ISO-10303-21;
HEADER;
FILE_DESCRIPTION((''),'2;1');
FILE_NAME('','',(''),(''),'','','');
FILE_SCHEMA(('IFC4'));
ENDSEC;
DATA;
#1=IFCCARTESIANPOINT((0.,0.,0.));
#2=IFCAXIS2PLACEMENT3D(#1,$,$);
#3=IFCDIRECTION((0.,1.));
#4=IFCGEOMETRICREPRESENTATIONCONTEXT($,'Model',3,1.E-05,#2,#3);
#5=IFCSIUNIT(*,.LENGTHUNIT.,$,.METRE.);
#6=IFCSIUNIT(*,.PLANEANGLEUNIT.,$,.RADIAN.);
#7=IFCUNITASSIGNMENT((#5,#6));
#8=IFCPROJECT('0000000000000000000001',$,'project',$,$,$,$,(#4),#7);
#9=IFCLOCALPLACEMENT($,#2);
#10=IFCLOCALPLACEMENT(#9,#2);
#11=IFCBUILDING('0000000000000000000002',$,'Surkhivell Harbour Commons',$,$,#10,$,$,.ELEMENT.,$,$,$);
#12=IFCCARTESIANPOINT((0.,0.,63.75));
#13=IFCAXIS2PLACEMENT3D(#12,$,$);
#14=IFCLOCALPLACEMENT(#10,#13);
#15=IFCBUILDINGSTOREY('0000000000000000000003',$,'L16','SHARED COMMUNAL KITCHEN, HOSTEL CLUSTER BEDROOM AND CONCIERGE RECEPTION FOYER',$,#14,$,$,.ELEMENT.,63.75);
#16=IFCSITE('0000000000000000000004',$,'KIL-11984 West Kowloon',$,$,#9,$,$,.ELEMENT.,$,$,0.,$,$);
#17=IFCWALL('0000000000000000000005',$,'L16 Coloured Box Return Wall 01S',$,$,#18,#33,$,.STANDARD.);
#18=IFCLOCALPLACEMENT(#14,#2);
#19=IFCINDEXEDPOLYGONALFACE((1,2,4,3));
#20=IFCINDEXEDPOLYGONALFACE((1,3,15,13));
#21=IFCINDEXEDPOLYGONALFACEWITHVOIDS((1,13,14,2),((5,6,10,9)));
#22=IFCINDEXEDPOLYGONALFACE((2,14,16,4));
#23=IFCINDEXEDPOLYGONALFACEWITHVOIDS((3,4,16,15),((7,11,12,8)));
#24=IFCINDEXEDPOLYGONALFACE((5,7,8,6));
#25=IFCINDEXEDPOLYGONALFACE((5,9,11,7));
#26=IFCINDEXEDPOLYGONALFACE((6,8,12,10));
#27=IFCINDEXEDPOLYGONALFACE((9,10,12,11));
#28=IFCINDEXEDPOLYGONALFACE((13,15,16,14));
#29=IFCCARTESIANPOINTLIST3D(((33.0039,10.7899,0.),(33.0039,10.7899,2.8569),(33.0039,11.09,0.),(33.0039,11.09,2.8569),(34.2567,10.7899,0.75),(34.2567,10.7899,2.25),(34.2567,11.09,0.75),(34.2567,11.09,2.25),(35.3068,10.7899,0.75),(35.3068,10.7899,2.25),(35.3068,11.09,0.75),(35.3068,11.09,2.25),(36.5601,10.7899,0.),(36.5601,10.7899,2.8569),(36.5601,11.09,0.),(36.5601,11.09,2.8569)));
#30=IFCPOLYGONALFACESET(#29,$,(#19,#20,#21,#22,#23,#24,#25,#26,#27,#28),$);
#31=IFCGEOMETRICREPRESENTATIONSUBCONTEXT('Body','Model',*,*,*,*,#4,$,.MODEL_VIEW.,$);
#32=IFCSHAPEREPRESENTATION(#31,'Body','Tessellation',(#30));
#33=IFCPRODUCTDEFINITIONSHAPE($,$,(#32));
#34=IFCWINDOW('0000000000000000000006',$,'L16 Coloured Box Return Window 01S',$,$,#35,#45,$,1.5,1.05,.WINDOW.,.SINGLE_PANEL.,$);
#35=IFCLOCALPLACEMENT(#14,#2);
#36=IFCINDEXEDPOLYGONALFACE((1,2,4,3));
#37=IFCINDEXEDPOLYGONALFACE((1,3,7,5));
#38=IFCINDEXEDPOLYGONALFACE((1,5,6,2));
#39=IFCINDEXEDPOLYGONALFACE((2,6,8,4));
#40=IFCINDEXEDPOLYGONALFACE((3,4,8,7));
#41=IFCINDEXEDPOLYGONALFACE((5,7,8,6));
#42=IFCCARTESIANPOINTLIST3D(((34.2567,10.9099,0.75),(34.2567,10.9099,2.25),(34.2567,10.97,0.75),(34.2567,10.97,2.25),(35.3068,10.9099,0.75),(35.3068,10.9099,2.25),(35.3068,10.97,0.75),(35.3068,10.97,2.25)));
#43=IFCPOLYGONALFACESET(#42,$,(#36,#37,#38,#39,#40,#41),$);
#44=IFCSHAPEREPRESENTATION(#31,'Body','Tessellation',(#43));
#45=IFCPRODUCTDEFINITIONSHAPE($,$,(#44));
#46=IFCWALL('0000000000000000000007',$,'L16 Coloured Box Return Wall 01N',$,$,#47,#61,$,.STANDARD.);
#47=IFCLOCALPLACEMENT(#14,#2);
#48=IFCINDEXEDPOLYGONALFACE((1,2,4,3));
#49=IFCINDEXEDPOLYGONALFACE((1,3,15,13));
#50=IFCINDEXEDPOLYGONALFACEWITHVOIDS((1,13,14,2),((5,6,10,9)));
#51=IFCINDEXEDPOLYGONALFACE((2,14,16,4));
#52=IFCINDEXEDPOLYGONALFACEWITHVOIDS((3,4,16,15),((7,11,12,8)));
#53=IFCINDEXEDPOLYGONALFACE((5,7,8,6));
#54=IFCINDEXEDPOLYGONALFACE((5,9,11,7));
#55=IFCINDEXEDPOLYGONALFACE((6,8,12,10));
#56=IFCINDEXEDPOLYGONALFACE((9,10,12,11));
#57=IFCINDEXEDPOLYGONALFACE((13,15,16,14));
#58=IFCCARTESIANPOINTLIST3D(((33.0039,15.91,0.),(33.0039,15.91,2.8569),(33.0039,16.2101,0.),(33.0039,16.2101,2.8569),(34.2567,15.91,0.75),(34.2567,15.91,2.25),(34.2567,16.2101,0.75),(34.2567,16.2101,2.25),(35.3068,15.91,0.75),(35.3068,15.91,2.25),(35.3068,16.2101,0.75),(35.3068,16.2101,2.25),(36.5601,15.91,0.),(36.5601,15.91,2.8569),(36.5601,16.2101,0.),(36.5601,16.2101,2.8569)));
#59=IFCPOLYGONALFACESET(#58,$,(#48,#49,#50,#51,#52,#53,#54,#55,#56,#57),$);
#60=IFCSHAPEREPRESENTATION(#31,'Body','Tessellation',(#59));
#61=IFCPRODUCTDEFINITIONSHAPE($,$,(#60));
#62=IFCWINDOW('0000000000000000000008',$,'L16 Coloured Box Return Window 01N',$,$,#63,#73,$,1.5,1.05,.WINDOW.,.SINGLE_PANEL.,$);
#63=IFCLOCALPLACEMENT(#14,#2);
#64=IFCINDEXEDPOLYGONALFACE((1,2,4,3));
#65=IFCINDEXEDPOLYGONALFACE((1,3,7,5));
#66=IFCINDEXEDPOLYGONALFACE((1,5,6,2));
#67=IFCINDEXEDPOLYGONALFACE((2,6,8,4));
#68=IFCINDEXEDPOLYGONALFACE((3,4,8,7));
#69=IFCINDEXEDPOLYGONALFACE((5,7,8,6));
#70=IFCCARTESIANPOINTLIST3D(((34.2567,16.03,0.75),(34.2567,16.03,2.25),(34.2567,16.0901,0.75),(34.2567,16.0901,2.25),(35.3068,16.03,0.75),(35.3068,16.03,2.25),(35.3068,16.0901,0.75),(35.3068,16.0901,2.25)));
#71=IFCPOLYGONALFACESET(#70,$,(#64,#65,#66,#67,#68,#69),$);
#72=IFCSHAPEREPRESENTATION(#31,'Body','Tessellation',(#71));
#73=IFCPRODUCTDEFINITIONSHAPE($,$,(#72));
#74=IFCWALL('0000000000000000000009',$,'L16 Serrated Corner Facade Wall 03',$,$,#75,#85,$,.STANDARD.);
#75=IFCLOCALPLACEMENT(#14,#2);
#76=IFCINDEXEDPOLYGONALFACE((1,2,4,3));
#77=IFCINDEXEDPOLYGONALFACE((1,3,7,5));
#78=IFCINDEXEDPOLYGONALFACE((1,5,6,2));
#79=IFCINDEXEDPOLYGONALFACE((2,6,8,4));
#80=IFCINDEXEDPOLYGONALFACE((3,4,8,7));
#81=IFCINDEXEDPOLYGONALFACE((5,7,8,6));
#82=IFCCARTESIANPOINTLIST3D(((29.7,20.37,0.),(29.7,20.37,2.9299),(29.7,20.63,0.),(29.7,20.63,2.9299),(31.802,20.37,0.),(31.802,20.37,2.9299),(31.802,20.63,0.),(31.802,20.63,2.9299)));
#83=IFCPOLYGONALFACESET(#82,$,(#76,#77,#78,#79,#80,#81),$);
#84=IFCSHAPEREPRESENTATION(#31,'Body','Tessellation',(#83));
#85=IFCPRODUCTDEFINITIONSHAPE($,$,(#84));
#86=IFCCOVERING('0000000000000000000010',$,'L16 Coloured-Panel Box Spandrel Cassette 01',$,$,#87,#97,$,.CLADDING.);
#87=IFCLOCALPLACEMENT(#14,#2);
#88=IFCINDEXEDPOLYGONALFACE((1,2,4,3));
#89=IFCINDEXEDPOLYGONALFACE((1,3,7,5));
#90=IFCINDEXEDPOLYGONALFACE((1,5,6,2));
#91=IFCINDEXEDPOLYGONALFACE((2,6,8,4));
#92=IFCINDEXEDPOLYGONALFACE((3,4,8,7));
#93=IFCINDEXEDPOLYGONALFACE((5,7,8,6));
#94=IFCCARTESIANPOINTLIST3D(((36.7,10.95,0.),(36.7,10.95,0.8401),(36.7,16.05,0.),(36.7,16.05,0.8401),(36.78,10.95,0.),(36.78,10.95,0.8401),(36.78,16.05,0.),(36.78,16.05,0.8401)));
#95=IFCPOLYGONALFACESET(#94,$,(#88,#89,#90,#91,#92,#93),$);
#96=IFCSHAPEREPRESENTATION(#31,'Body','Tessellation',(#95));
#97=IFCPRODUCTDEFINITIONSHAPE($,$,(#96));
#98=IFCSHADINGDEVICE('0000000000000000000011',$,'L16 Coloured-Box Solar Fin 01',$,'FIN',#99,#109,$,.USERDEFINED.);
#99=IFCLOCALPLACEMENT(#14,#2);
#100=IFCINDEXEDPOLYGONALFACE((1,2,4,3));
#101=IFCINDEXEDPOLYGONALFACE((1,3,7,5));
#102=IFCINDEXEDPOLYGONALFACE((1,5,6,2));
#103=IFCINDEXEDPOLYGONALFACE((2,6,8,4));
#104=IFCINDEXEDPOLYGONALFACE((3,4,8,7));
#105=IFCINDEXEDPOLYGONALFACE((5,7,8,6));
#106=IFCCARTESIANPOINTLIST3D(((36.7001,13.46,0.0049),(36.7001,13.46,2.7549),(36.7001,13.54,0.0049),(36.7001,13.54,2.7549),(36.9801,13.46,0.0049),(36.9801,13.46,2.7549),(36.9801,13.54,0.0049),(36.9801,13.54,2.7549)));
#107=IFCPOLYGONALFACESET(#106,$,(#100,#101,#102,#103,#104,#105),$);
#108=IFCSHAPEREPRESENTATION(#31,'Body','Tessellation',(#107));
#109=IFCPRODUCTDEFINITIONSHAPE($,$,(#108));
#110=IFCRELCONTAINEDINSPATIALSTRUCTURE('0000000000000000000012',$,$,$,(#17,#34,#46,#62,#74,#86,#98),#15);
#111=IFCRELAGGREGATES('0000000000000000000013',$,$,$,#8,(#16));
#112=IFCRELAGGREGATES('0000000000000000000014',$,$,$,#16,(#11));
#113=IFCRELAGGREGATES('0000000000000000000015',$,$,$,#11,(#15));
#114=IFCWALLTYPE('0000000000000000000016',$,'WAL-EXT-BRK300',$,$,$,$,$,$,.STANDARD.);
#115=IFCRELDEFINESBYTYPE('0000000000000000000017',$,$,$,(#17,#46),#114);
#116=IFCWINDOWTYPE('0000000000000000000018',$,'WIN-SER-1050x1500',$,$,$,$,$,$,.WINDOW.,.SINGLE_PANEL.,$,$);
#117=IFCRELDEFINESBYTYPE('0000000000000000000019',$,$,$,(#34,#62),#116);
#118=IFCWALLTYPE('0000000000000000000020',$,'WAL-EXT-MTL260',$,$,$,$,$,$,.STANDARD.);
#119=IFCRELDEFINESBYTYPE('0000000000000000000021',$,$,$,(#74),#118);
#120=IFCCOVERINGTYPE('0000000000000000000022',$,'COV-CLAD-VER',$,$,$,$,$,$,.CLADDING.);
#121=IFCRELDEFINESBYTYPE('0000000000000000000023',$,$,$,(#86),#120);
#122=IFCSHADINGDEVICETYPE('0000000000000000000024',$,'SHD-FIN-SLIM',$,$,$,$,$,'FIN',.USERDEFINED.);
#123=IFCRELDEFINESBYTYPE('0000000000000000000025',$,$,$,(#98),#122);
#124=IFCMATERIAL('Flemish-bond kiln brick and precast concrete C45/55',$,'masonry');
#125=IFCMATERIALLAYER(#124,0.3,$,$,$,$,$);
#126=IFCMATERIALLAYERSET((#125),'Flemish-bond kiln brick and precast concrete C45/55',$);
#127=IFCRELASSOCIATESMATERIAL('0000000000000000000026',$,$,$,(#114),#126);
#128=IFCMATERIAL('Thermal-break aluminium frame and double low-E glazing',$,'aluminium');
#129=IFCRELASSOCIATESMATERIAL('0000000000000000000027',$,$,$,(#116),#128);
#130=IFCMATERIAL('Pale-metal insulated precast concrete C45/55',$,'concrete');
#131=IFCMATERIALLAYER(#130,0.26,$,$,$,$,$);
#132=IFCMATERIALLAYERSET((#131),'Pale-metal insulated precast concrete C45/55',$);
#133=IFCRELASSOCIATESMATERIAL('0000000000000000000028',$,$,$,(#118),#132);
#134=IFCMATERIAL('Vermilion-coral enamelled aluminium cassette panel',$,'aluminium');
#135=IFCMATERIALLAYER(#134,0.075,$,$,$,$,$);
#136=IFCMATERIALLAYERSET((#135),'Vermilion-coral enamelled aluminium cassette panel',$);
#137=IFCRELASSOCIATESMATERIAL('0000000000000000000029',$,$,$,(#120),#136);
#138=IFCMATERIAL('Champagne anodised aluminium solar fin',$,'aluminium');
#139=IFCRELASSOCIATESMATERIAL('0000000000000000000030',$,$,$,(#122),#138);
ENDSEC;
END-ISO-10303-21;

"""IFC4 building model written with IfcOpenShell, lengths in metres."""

from ifc_helpers import new_model, si_unit, direction, frame, frame_2d, origin, origin_2d, place, context, subcontext, project, spatial, rectangle, extrude, material, layer, layer_set, type_object, element, fill, save


model = new_model("IFC4")

# Units and contexts
model_context = context("Model", 3, precision=1e-05, world=origin(), true_north=direction((0.0, 1.0)))
body_context = subcontext(model_context, "Body", "Model", "MODEL_VIEW")
ifc_project = project(units=[si_unit("LENGTHUNIT", "METRE"), si_unit("PLANEANGLEUNIT", "RADIAN")], contexts=[model_context])

# Site, building, storey
site_placement = place(None, origin())
site = spatial("IfcSite", under=ifc_project, at=site_placement, Name="KIL-11984 West Kowloon", CompositionType="ELEMENT", RefElevation=0.0)
building_placement = place(site_placement, origin())
building = spatial("IfcBuilding", under=site, at=building_placement, Name="Surkhivell Harbour Commons", CompositionType="ELEMENT")
storey_placement = place(building_placement, frame((0.0, 0.0, 63.75)))
storey = spatial("IfcBuildingStorey", under=building, at=storey_placement, Name="L16", Description="SHARED COMMUNAL KITCHEN, HOSTEL CLUSTER BEDROOM AND CONCIERGE RECEPTION FOYER", CompositionType="ELEMENT", Elevation=63.75)

# Walls, openings, windows
ifc_material_1 = material(Name="Flemish-bond kiln brick and precast concrete C45/55", Category="masonry")
ifc_layer_1 = layer(ifc_material_1, 0.3)
ifc_layer_set_1 = layer_set([ifc_layer_1], Name="Flemish-bond kiln brick and precast concrete C45/55")
wall_type_1 = type_object("IfcWallType", Name="WAL-EXT-BRK300", PredefinedType="STANDARD", material=ifc_layer_set_1)
ifc_material_2 = material(Name="Thermal-break aluminium frame and double low-E glazing", Category="aluminium")
wall_1_placement = place(storey_placement, frame((33.0039, 10.9399, 0.0), z_axis=(0.0, 0.0, 1.0), x_axis=(1.0, 0.0, 0.0)))
wall_1 = element("IfcWall", 1, at=wall_1_placement, inside=storey, type_object=wall_type_1, Name="L16 Coloured Box Return Wall 01S", PredefinedType="STANDARD", context=body_context, shape_type="SweptSolid", body=[
    extrude(rectangle(XDim=3.5562, YDim=0.3, at=frame_2d((1.7781, 0.0))), origin(), (0.0, 0.0, 1.0), 2.8569),
])
opening_1_placement = place(wall_1_placement, frame((1.2529, 0.0, 0.75)))
opening_1 = element("IfcOpeningElement", 2, at=opening_1_placement, cuts=wall_1, PredefinedType="OPENING", context=body_context, shape_type="SweptSolid", body=[
    extrude(rectangle(XDim=1.05, YDim=1.5, at=frame_2d((0.5249, 0.75))), frame((0.0, 0.1599, 0.0), z_axis=(0.0, -1.0, 0.0), x_axis=(1.0, 0.0, 0.0)), (0.0, 0.0, 1.0), 0.3201),
])
window_type_1 = type_object("IfcWindowType", Name="WIN-SER-1050x1500", PartitioningType="SINGLE_PANEL", PredefinedType="WINDOW", material=ifc_material_2)
window_1_placement = place(opening_1_placement, origin())
window_1 = element("IfcWindow", 3, at=window_1_placement, inside=storey, type_object=window_type_1, Name="L16 Coloured Box Return Window 01S", OverallHeight=1.5, OverallWidth=1.05, PartitioningType="SINGLE_PANEL", PredefinedType="WINDOW", context=body_context, shape_type="SweptSolid", body=[
    extrude(rectangle(XDim=1.05, YDim=1.5, at=frame_2d((0.5249, 0.75))), frame((0.0, 0.03, 0.0), z_axis=(0.0, -1.0, 0.0), x_axis=(1.0, 0.0, 0.0)), (0.0, 0.0, 1.0), 0.0601),
])
fill(opening_1, window_1)
wall_2_placement = place(storey_placement, frame((33.0039, 16.0601, 0.0), z_axis=(0.0, 0.0, 1.0), x_axis=(1.0, 0.0, 0.0)))
wall_2 = element("IfcWall", 4, at=wall_2_placement, inside=storey, type_object=wall_type_1, Name="L16 Coloured Box Return Wall 01N", PredefinedType="STANDARD", context=body_context, shape_type="SweptSolid", body=[
    extrude(rectangle(XDim=3.5562, YDim=0.3, at=frame_2d((1.7781, 0.0))), origin(), (0.0, 0.0, 1.0), 2.8569),
])
opening_2_placement = place(wall_2_placement, frame((1.2529, 0.0, 0.75)))
opening_2 = element("IfcOpeningElement", 5, at=opening_2_placement, cuts=wall_2, PredefinedType="OPENING", context=body_context, shape_type="SweptSolid", body=[
    extrude(rectangle(XDim=1.05, YDim=1.5, at=frame_2d((0.5249, 0.75))), frame((0.0, 0.1599, 0.0), z_axis=(0.0, -1.0, 0.0), x_axis=(1.0, 0.0, 0.0)), (0.0, 0.0, 1.0), 0.3201),
])
window_2_placement = place(opening_2_placement, origin())
window_2 = element("IfcWindow", 6, at=window_2_placement, inside=storey, type_object=window_type_1, Name="L16 Coloured Box Return Window 01N", OverallHeight=1.5, OverallWidth=1.05, PartitioningType="SINGLE_PANEL", PredefinedType="WINDOW", context=body_context, shape_type="SweptSolid", body=[
    extrude(rectangle(XDim=1.05, YDim=1.5, at=frame_2d((0.5249, 0.75))), frame((0.0, 0.03, 0.0), z_axis=(0.0, -1.0, 0.0), x_axis=(1.0, 0.0, 0.0)), (0.0, 0.0, 1.0), 0.0601),
])
fill(opening_2, window_2)

# Wall
ifc_material_3 = material(Name="Pale-metal insulated precast concrete C45/55", Category="concrete")
ifc_layer_2 = layer(ifc_material_3, 0.26)
ifc_layer_set_2 = layer_set([ifc_layer_2], Name="Pale-metal insulated precast concrete C45/55")
wall_type_2 = type_object("IfcWallType", Name="WAL-EXT-MTL260", PredefinedType="STANDARD", material=ifc_layer_set_2)
wall_3_placement = place(storey_placement, frame((31.802, 20.5, 0.0), z_axis=(0.0, 0.0, 1.0), x_axis=(-1.0, 0.0, 0.0)))
element("IfcWall", 7, at=wall_3_placement, inside=storey, type_object=wall_type_2, Name="L16 Serrated Corner Facade Wall 03", PredefinedType="STANDARD", context=body_context, shape_type="SweptSolid", body=[
    extrude(rectangle(XDim=2.1021, YDim=0.26, at=frame_2d((1.051, 0.0))), origin(), (0.0, 0.0, 1.0), 2.9299),
])

# Covering
ifc_material_4 = material(Name="Vermilion-coral enamelled aluminium cassette panel", Category="aluminium")
ifc_layer_3 = layer(ifc_material_4, 0.075)
ifc_layer_set_3 = layer_set([ifc_layer_3], Name="Vermilion-coral enamelled aluminium cassette panel")
covering_type = type_object("IfcCoveringType", Name="COV-CLAD-VER", PredefinedType="CLADDING", material=ifc_layer_set_3)
covering_placement = place(storey_placement, frame((36.74, 13.5, 0.0), z_axis=(0.0, 0.0, 1.0), x_axis=(1.0, 0.0, 0.0)))
element("IfcCovering", 8, at=covering_placement, inside=storey, type_object=covering_type, Name="L16 Coloured-Panel Box Spandrel Cassette 01", PredefinedType="CLADDING", context=body_context, shape_type="SweptSolid", body=[
    extrude(rectangle(XDim=0.0801, YDim=5.1001, at=origin_2d()), origin(), (0.0, 0.0, 1.0), 0.8401),
])

# Shading device
ifc_material_5 = material(Name="Champagne anodised aluminium solar fin", Category="aluminium")
shading_device_type = type_object("IfcShadingDeviceType", Name="SHD-FIN-SLIM", ElementType="FIN", PredefinedType="USERDEFINED", material=ifc_material_5)
shading_device_placement = place(storey_placement, frame((36.8401, 13.5, 0.0049), z_axis=(0.0, 0.0, 1.0), x_axis=(1.0, 0.0, 0.0)))
element("IfcShadingDevice", 9, at=shading_device_placement, inside=storey, type_object=shading_device_type, Name="L16 Coloured-Box Solar Fin 01", ObjectType="FIN", PredefinedType="USERDEFINED", context=body_context, shape_type="SweptSolid", body=[
    extrude(rectangle(XDim=0.28, YDim=0.0801, at=origin_2d()), origin(), (0.0, 0.0, 1.0), 2.75),
])

save(model, "model.ifc")
